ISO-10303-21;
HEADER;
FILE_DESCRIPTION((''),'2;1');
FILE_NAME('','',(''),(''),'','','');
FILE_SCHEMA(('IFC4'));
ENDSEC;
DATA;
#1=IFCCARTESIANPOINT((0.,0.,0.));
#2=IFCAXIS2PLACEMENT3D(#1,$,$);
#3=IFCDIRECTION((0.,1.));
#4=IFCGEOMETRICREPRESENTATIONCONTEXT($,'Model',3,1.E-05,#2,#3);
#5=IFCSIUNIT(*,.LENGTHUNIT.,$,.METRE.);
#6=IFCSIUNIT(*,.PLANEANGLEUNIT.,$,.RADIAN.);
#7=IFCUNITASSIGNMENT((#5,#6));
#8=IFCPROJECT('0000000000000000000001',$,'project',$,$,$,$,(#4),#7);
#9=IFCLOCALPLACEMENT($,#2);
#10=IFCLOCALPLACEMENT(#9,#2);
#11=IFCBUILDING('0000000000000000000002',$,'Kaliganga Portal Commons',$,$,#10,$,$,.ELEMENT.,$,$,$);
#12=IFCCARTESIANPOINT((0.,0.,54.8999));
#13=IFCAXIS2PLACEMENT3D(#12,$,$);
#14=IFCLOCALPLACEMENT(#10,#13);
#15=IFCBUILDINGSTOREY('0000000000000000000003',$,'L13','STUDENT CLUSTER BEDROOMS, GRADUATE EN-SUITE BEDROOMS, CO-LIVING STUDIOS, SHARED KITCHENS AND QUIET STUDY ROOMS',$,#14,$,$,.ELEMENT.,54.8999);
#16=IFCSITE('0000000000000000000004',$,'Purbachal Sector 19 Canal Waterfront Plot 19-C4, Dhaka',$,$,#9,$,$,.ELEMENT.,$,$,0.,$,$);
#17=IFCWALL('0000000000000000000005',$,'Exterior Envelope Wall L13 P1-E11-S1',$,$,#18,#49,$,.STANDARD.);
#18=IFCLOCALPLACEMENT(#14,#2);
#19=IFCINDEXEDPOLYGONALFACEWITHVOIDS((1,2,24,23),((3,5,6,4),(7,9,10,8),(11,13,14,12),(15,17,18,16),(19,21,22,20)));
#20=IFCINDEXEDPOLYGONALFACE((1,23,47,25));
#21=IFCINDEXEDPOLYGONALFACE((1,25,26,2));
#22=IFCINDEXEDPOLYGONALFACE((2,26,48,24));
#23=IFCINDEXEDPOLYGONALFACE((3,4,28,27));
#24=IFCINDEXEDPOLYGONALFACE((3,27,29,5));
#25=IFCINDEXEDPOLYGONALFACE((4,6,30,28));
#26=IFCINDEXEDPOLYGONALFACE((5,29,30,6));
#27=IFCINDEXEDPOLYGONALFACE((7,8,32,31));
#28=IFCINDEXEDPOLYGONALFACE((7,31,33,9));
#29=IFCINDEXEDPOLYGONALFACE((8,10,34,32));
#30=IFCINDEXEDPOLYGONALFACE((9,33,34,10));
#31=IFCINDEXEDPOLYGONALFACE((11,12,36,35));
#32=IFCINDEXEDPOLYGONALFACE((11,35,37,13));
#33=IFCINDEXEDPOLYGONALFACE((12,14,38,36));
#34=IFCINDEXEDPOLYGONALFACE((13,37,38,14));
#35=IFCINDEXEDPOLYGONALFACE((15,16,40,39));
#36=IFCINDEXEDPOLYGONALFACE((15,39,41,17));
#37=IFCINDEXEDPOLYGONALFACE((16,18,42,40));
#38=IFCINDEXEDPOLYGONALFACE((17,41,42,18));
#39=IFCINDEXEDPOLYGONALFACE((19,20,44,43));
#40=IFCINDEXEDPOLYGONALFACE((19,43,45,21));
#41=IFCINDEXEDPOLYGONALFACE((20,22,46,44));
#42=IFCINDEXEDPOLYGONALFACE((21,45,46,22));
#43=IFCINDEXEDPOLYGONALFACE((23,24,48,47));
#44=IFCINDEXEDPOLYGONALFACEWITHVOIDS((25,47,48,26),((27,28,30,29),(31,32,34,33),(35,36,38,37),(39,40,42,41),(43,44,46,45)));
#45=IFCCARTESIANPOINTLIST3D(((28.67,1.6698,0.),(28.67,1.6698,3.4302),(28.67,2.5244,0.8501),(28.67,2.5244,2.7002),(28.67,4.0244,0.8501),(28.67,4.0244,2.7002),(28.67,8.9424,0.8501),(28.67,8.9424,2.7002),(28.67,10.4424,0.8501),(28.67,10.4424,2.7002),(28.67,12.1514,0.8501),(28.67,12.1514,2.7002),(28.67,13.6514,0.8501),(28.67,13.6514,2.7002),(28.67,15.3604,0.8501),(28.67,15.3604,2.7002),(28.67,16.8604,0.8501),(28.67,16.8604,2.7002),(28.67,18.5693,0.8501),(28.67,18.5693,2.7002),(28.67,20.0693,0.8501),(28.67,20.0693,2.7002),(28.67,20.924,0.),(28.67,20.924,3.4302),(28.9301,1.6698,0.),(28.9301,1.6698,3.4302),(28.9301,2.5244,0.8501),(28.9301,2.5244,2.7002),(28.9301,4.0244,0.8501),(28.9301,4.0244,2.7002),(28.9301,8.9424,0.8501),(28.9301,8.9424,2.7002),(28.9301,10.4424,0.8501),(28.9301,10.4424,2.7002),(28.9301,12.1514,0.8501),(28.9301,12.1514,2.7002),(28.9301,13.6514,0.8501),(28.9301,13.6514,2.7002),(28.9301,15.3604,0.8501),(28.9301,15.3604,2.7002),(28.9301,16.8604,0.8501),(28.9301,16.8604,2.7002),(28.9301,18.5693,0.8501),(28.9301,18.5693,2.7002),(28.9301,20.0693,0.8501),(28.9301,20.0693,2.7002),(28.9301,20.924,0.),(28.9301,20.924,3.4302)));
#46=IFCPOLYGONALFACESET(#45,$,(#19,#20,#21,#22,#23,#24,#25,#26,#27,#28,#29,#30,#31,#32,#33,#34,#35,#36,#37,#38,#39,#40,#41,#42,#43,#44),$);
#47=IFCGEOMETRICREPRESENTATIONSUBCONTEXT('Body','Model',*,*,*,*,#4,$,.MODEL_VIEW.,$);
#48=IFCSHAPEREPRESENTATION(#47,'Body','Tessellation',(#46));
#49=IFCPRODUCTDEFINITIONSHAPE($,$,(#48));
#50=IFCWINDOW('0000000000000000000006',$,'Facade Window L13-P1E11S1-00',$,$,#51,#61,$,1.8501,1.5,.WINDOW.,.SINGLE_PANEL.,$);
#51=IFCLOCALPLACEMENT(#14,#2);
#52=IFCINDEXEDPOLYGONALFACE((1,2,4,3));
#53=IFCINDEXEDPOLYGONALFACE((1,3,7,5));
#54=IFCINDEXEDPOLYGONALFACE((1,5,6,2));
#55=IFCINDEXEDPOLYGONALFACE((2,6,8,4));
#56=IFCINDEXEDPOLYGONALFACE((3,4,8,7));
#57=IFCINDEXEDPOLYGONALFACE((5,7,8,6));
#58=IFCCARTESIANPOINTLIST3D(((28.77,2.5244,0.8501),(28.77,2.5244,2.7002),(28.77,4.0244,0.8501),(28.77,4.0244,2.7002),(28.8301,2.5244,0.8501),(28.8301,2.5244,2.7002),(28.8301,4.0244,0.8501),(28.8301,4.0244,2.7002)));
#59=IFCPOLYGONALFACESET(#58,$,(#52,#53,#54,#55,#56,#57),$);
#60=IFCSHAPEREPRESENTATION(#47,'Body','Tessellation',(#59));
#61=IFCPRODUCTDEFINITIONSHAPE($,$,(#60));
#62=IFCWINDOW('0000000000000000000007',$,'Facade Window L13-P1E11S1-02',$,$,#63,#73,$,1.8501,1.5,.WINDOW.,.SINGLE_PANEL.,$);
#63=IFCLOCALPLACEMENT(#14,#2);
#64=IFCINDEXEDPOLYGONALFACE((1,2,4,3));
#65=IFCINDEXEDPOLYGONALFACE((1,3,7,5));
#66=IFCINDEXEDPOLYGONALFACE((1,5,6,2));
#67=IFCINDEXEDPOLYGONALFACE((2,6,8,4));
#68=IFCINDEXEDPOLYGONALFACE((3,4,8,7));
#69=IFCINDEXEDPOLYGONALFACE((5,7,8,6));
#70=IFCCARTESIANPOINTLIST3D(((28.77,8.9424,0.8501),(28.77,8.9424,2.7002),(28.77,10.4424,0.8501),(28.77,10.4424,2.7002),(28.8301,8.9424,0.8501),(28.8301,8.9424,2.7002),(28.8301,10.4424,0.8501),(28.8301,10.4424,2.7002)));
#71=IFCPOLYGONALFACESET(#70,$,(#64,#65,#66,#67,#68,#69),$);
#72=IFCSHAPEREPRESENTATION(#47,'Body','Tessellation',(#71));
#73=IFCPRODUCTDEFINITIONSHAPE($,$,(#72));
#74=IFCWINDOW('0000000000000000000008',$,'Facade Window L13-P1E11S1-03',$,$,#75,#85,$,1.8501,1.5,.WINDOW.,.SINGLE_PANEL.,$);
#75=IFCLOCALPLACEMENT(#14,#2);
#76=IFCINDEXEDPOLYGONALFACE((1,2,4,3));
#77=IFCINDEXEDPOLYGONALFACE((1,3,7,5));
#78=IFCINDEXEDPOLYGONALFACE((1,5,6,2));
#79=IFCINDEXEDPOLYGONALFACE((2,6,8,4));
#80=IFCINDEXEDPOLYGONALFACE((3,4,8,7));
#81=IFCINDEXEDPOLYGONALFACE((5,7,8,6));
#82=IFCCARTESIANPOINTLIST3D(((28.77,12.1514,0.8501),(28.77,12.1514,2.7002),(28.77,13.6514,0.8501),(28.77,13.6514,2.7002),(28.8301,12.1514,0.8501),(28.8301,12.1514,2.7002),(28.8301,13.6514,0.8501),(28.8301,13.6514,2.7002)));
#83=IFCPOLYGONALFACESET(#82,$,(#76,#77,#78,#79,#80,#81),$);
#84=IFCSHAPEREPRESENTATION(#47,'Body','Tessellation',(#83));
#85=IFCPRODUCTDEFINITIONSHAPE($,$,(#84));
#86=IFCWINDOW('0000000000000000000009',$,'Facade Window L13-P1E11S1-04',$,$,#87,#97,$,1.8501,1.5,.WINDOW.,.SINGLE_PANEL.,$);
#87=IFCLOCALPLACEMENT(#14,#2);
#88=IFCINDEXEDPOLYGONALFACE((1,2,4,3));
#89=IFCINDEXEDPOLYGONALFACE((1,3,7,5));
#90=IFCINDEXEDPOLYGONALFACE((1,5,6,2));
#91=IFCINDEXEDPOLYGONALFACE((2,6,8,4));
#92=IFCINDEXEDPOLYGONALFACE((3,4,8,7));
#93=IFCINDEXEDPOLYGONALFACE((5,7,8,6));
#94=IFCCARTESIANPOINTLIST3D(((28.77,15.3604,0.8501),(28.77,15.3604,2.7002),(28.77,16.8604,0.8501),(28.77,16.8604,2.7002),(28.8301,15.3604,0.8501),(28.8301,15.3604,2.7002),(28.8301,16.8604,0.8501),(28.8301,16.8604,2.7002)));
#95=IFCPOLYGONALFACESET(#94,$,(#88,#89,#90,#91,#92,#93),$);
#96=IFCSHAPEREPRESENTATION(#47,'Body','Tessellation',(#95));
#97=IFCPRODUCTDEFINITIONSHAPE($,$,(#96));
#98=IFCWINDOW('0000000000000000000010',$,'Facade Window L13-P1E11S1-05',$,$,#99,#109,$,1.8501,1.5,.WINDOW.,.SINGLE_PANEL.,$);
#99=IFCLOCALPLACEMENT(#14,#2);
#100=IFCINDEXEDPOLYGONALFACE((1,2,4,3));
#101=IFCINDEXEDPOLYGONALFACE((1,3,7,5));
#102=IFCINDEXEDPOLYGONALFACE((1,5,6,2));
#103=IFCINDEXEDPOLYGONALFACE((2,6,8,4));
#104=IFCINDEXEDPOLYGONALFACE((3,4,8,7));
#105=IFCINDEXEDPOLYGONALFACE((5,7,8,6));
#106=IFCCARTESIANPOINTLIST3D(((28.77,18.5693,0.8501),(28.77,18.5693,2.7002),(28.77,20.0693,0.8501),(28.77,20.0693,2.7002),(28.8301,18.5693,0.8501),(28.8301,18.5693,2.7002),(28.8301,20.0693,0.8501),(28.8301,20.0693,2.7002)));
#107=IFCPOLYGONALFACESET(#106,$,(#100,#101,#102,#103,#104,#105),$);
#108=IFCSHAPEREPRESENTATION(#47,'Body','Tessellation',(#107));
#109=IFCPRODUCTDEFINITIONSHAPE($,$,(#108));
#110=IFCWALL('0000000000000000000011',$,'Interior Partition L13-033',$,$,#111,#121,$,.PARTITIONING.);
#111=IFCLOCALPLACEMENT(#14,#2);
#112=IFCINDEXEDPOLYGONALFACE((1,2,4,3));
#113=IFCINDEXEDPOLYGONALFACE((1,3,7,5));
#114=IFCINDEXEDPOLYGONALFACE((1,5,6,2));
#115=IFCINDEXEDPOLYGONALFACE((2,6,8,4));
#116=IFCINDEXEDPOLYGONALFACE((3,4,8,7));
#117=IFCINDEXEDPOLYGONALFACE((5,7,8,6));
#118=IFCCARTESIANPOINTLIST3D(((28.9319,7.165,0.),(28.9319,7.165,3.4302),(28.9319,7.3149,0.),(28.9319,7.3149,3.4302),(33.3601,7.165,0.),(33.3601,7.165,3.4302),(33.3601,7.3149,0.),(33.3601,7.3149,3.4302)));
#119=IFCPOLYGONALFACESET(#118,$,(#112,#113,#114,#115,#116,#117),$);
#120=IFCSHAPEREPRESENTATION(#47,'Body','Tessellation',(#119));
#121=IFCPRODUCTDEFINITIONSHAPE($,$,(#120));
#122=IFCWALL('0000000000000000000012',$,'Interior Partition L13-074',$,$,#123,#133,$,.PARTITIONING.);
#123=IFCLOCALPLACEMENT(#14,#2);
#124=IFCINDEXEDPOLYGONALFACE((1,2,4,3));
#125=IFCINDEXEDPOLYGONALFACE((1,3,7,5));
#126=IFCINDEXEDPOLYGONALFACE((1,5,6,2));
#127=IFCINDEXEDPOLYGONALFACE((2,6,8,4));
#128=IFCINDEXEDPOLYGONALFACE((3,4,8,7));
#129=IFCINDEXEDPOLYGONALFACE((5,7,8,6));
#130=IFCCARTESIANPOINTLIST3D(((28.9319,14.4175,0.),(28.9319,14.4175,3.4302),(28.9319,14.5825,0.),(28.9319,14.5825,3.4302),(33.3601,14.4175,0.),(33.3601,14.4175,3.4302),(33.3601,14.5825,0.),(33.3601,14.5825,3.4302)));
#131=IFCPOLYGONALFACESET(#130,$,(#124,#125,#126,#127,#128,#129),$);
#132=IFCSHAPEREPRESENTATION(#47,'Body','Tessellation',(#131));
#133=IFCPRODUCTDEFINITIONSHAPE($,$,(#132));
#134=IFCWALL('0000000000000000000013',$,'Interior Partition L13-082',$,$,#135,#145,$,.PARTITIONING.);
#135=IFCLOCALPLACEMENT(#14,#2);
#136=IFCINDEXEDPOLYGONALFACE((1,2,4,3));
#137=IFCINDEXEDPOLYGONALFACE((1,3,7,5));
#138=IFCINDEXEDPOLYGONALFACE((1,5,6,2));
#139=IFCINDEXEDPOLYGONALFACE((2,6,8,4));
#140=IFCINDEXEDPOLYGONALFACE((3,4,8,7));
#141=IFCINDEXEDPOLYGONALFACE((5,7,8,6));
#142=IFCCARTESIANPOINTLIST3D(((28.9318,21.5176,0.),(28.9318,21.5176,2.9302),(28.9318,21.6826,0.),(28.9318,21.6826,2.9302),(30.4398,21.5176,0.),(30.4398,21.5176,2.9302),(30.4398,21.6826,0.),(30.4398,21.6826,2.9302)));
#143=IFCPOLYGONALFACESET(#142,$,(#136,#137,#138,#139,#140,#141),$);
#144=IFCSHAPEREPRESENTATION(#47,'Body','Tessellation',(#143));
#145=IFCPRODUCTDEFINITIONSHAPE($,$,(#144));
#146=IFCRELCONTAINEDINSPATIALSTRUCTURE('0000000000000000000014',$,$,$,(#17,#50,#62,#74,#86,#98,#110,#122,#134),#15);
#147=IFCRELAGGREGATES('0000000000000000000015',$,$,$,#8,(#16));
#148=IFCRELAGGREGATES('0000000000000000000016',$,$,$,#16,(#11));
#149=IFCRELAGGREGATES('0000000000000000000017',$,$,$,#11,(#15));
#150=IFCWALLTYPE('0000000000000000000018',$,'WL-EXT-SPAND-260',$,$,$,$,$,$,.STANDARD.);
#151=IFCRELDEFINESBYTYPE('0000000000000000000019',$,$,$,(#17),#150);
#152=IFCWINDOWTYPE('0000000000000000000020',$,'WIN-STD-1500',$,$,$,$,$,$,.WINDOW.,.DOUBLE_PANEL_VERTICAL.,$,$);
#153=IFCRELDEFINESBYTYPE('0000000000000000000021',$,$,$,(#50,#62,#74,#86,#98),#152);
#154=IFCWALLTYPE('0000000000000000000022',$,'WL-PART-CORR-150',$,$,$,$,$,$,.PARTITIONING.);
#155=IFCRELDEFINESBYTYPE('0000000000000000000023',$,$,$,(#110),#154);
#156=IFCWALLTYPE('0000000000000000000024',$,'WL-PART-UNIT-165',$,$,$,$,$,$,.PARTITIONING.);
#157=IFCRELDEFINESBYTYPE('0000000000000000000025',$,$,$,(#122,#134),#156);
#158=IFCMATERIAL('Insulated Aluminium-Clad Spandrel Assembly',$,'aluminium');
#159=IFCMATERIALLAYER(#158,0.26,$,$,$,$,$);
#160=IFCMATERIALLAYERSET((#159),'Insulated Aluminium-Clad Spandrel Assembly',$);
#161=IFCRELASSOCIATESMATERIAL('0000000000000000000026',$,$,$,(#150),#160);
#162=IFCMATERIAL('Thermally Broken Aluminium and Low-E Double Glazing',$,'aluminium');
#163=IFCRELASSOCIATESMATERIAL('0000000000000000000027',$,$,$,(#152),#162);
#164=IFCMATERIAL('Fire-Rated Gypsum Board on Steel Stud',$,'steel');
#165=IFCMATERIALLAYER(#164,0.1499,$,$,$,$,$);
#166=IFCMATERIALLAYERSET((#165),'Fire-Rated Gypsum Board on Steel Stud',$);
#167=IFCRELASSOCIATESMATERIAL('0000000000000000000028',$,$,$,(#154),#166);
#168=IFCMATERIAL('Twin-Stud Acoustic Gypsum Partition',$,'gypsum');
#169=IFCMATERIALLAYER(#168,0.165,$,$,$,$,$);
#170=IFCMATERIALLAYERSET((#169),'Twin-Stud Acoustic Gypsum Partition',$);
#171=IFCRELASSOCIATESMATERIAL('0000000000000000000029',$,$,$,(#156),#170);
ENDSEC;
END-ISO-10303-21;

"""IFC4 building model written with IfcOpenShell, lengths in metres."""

from ifc_helpers import new_model, si_unit, direction, frame, frame_2d, origin, place, context, subcontext, project, spatial, rectangle, extrude, material, layer, layer_set, type_object, element, fill, save


model = new_model("IFC4")

# Units and contexts
model_context = context("Model", 3, precision=1e-05, world=origin(), true_north=direction((0.0, 1.0)))
body_context = subcontext(model_context, "Body", "Model", "MODEL_VIEW")
ifc_project = project(units=[si_unit("LENGTHUNIT", "METRE"), si_unit("PLANEANGLEUNIT", "RADIAN")], contexts=[model_context])

# Site, building, storey
site_placement = place(None, origin())
site = spatial("IfcSite", under=ifc_project, at=site_placement, Name="Purbachal Sector 19 Canal Waterfront Plot 19-C4, Dhaka", CompositionType="ELEMENT", RefElevation=0.0)
building_placement = place(site_placement, origin())
building = spatial("IfcBuilding", under=site, at=building_placement, Name="Kaliganga Portal Commons", CompositionType="ELEMENT")
storey_placement = place(building_placement, frame((0.0, 0.0, 54.8999)))
storey = spatial("IfcBuildingStorey", under=building, at=storey_placement, Name="L13", Description="STUDENT CLUSTER BEDROOMS, GRADUATE EN-SUITE BEDROOMS, CO-LIVING STUDIOS, SHARED KITCHENS AND QUIET STUDY ROOMS", CompositionType="ELEMENT", Elevation=54.8999)

# Shared definitions
ifc_material_1 = material(Name="Insulated Aluminium-Clad Spandrel Assembly", Category="aluminium")
ifc_layer_1 = layer(ifc_material_1, 0.26)
ifc_layer_set_1 = layer_set([ifc_layer_1], Name="Insulated Aluminium-Clad Spandrel Assembly")
wall_type_1 = type_object("IfcWallType", Name="WL-EXT-SPAND-260", PredefinedType="STANDARD", material=ifc_layer_set_1)
ifc_material_2 = material(Name="Thermally Broken Aluminium and Low-E Double Glazing", Category="aluminium")

# Wall, openings, windows
wall_1_placement = place(storey_placement, frame((28.8, 1.6699, 0.0), z_axis=(0.0, 0.0, 1.0), x_axis=(0.0, 1.0, 0.0)))
wall_1 = element("IfcWall", 1, at=wall_1_placement, inside=storey, type_object=wall_type_1, Name="Exterior Envelope Wall L13 P1-E11-S1", PredefinedType="STANDARD", context=body_context, shape_type="SweptSolid", body=[
    extrude(rectangle(XDim=19.2542, YDim=0.26, at=frame_2d((9.627, 0.0))), origin(), (0.0, 0.0, 1.0), 3.4302),
])
opening_1_placement = place(wall_1_placement, frame((0.8545, 0.0, 0.8501)))
opening_1 = element("IfcOpeningElement", 2, at=opening_1_placement, cuts=wall_1, PredefinedType="OPENING", context=body_context, shape_type="SweptSolid", body=[
    extrude(rectangle(XDim=1.5, YDim=1.8501, at=frame_2d((0.75, 0.925))), frame((0.0, 0.1401, 0.0), z_axis=(0.0, -1.0, 0.0), x_axis=(1.0, 0.0, 0.0)), (0.0, 0.0, 1.0), 0.28),
])
opening_2_placement = place(wall_1_placement, frame((7.2725, 0.0, 0.8501)))
opening_2 = element("IfcOpeningElement", 3, at=opening_2_placement, cuts=wall_1, PredefinedType="OPENING", context=body_context, shape_type="SweptSolid", body=[
    extrude(rectangle(XDim=1.5, YDim=1.8501, at=frame_2d((0.75, 0.925))), frame((0.0, 0.1401, 0.0), z_axis=(0.0, -1.0, 0.0), x_axis=(1.0, 0.0, 0.0)), (0.0, 0.0, 1.0), 0.28),
])
opening_3_placement = place(wall_1_placement, frame((10.4814, 0.0, 0.8501)))
opening_3 = element("IfcOpeningElement", 4, at=opening_3_placement, cuts=wall_1, PredefinedType="OPENING", context=body_context, shape_type="SweptSolid", body=[
    extrude(rectangle(XDim=1.5, YDim=1.8501, at=frame_2d((0.75, 0.925))), frame((0.0, 0.1401, 0.0), z_axis=(0.0, -1.0, 0.0), x_axis=(1.0, 0.0, 0.0)), (0.0, 0.0, 1.0), 0.28),
])
opening_4_placement = place(wall_1_placement, frame((13.6904, 0.0, 0.8501)))
opening_4 = element("IfcOpeningElement", 5, at=opening_4_placement, cuts=wall_1, PredefinedType="OPENING", context=body_context, shape_type="SweptSolid", body=[
    extrude(rectangle(XDim=1.5, YDim=1.8501, at=frame_2d((0.75, 0.925))), frame((0.0, 0.1401, 0.0), z_axis=(0.0, -1.0, 0.0), x_axis=(1.0, 0.0, 0.0)), (0.0, 0.0, 1.0), 0.28),
])
opening_5_placement = place(wall_1_placement, frame((16.8994, 0.0, 0.8501)))
opening_5 = element("IfcOpeningElement", 6, at=opening_5_placement, cuts=wall_1, PredefinedType="OPENING", context=body_context, shape_type="SweptSolid", body=[
    extrude(rectangle(XDim=1.5, YDim=1.8501, at=frame_2d((0.75, 0.925))), frame((0.0, 0.1401, 0.0), z_axis=(0.0, -1.0, 0.0), x_axis=(1.0, 0.0, 0.0)), (0.0, 0.0, 1.0), 0.28),
])
window_type_1 = type_object("IfcWindowType", Name="WIN-STD-1500", PartitioningType="DOUBLE_PANEL_VERTICAL", PredefinedType="WINDOW", material=ifc_material_2)
window_1_placement = place(opening_1_placement, origin())
window_1 = element("IfcWindow", 7, at=window_1_placement, inside=storey, type_object=window_type_1, Name="Facade Window L13-P1E11S1-00", OverallHeight=1.8501, OverallWidth=1.5, PartitioningType="SINGLE_PANEL", PredefinedType="WINDOW", context=body_context, shape_type="SweptSolid", body=[
    extrude(rectangle(XDim=1.5, YDim=1.8501, at=frame_2d((0.75, 0.925))), frame((0.0, 0.03, 0.0), z_axis=(0.0, -1.0, 0.0), x_axis=(1.0, 0.0, 0.0)), (0.0, 0.0, 1.0), 0.0601),
])
fill(opening_1, window_1)
window_2_placement = place(opening_2_placement, origin())
window_2 = element("IfcWindow", 8, at=window_2_placement, inside=storey, type_object=window_type_1, Name="Facade Window L13-P1E11S1-02", OverallHeight=1.8501, OverallWidth=1.5, PartitioningType="SINGLE_PANEL", PredefinedType="WINDOW", context=body_context, shape_type="SweptSolid", body=[
    extrude(rectangle(XDim=1.5, YDim=1.8501, at=frame_2d((0.75, 0.925))), frame((0.0, 0.03, 0.0), z_axis=(0.0, -1.0, 0.0), x_axis=(1.0, 0.0, 0.0)), (0.0, 0.0, 1.0), 0.0601),
])
fill(opening_2, window_2)
window_3_placement = place(opening_3_placement, origin())
window_3 = element("IfcWindow", 9, at=window_3_placement, inside=storey, type_object=window_type_1, Name="Facade Window L13-P1E11S1-03", OverallHeight=1.8501, OverallWidth=1.5, PartitioningType="SINGLE_PANEL", PredefinedType="WINDOW", context=body_context, shape_type="SweptSolid", body=[
    extrude(rectangle(XDim=1.5, YDim=1.8501, at=frame_2d((0.75, 0.925))), frame((0.0, 0.03, 0.0), z_axis=(0.0, -1.0, 0.0), x_axis=(1.0, 0.0, 0.0)), (0.0, 0.0, 1.0), 0.0601),
])
fill(opening_3, window_3)
window_4_placement = place(opening_4_placement, origin())
window_4 = element("IfcWindow", 10, at=window_4_placement, inside=storey, type_object=window_type_1, Name="Facade Window L13-P1E11S1-04", OverallHeight=1.8501, OverallWidth=1.5, PartitioningType="SINGLE_PANEL", PredefinedType="WINDOW", context=body_context, shape_type="SweptSolid", body=[
    extrude(rectangle(XDim=1.5, YDim=1.8501, at=frame_2d((0.75, 0.925))), frame((0.0, 0.03, 0.0), z_axis=(0.0, -1.0, 0.0), x_axis=(1.0, 0.0, 0.0)), (0.0, 0.0, 1.0), 0.0601),
])
fill(opening_4, window_4)
window_5_placement = place(opening_5_placement, origin())
window_5 = element("IfcWindow", 11, at=window_5_placement, inside=storey, type_object=window_type_1, Name="Facade Window L13-P1E11S1-05", OverallHeight=1.8501, OverallWidth=1.5, PartitioningType="SINGLE_PANEL", PredefinedType="WINDOW", context=body_context, shape_type="SweptSolid", body=[
    extrude(rectangle(XDim=1.5, YDim=1.8501, at=frame_2d((0.75, 0.925))), frame((0.0, 0.03, 0.0), z_axis=(0.0, -1.0, 0.0), x_axis=(1.0, 0.0, 0.0)), (0.0, 0.0, 1.0), 0.0601),
])
fill(opening_5, window_5)

# Walls
ifc_material_3 = material(Name="Fire-Rated Gypsum Board on Steel Stud", Category="steel")
ifc_layer_2 = layer(ifc_material_3, 0.1499)
ifc_layer_set_2 = layer_set([ifc_layer_2], Name="Fire-Rated Gypsum Board on Steel Stud")
wall_type_2 = type_object("IfcWallType", Name="WL-PART-CORR-150", PredefinedType="PARTITIONING", material=ifc_layer_set_2)
wall_2_placement = place(storey_placement, frame((28.9319, 7.24, 0.0), z_axis=(0.0, 0.0, 1.0), x_axis=(1.0, 0.0, 0.0)))
element("IfcWall", 12, at=wall_2_placement, inside=storey, type_object=wall_type_2, Name="Interior Partition L13-033", PredefinedType="PARTITIONING", context=body_context, shape_type="SweptSolid", body=[
    extrude(rectangle(XDim=4.4282, YDim=0.1499, at=frame_2d((2.2141, 0.0))), origin(), (0.0, 0.0, 1.0), 3.4302),
])
ifc_material_4 = material(Name="Twin-Stud Acoustic Gypsum Partition", Category="gypsum")
ifc_layer_3 = layer(ifc_material_4, 0.165)
ifc_layer_set_3 = layer_set([ifc_layer_3], Name="Twin-Stud Acoustic Gypsum Partition")
wall_type_3 = type_object("IfcWallType", Name="WL-PART-UNIT-165", PredefinedType="PARTITIONING", material=ifc_layer_set_3)
wall_3_placement = place(storey_placement, frame((28.9319, 14.5, 0.0), z_axis=(0.0, 0.0, 1.0), x_axis=(1.0, 0.0, 0.0)))
element("IfcWall", 13, at=wall_3_placement, inside=storey, type_object=wall_type_3, Name="Interior Partition L13-074", PredefinedType="PARTITIONING", context=body_context, shape_type="SweptSolid", body=[
    extrude(rectangle(XDim=4.4282, YDim=0.165, at=frame_2d((2.2141, 0.0))), origin(), (0.0, 0.0, 1.0), 3.4302),
])
wall_4_placement = place(storey_placement, frame((28.9319, 21.6001, 0.0), z_axis=(0.0, 0.0, 1.0), x_axis=(1.0, 0.0, 0.0)))
element("IfcWall", 14, at=wall_4_placement, inside=storey, type_object=wall_type_3, Name="Interior Partition L13-082", PredefinedType="PARTITIONING", context=body_context, shape_type="SweptSolid", body=[
    extrude(rectangle(XDim=1.5081, YDim=0.165, at=frame_2d((0.7539, 0.0))), origin(), (0.0, 0.0, 1.0), 2.9302),
])

save(model, "model.ifc")
